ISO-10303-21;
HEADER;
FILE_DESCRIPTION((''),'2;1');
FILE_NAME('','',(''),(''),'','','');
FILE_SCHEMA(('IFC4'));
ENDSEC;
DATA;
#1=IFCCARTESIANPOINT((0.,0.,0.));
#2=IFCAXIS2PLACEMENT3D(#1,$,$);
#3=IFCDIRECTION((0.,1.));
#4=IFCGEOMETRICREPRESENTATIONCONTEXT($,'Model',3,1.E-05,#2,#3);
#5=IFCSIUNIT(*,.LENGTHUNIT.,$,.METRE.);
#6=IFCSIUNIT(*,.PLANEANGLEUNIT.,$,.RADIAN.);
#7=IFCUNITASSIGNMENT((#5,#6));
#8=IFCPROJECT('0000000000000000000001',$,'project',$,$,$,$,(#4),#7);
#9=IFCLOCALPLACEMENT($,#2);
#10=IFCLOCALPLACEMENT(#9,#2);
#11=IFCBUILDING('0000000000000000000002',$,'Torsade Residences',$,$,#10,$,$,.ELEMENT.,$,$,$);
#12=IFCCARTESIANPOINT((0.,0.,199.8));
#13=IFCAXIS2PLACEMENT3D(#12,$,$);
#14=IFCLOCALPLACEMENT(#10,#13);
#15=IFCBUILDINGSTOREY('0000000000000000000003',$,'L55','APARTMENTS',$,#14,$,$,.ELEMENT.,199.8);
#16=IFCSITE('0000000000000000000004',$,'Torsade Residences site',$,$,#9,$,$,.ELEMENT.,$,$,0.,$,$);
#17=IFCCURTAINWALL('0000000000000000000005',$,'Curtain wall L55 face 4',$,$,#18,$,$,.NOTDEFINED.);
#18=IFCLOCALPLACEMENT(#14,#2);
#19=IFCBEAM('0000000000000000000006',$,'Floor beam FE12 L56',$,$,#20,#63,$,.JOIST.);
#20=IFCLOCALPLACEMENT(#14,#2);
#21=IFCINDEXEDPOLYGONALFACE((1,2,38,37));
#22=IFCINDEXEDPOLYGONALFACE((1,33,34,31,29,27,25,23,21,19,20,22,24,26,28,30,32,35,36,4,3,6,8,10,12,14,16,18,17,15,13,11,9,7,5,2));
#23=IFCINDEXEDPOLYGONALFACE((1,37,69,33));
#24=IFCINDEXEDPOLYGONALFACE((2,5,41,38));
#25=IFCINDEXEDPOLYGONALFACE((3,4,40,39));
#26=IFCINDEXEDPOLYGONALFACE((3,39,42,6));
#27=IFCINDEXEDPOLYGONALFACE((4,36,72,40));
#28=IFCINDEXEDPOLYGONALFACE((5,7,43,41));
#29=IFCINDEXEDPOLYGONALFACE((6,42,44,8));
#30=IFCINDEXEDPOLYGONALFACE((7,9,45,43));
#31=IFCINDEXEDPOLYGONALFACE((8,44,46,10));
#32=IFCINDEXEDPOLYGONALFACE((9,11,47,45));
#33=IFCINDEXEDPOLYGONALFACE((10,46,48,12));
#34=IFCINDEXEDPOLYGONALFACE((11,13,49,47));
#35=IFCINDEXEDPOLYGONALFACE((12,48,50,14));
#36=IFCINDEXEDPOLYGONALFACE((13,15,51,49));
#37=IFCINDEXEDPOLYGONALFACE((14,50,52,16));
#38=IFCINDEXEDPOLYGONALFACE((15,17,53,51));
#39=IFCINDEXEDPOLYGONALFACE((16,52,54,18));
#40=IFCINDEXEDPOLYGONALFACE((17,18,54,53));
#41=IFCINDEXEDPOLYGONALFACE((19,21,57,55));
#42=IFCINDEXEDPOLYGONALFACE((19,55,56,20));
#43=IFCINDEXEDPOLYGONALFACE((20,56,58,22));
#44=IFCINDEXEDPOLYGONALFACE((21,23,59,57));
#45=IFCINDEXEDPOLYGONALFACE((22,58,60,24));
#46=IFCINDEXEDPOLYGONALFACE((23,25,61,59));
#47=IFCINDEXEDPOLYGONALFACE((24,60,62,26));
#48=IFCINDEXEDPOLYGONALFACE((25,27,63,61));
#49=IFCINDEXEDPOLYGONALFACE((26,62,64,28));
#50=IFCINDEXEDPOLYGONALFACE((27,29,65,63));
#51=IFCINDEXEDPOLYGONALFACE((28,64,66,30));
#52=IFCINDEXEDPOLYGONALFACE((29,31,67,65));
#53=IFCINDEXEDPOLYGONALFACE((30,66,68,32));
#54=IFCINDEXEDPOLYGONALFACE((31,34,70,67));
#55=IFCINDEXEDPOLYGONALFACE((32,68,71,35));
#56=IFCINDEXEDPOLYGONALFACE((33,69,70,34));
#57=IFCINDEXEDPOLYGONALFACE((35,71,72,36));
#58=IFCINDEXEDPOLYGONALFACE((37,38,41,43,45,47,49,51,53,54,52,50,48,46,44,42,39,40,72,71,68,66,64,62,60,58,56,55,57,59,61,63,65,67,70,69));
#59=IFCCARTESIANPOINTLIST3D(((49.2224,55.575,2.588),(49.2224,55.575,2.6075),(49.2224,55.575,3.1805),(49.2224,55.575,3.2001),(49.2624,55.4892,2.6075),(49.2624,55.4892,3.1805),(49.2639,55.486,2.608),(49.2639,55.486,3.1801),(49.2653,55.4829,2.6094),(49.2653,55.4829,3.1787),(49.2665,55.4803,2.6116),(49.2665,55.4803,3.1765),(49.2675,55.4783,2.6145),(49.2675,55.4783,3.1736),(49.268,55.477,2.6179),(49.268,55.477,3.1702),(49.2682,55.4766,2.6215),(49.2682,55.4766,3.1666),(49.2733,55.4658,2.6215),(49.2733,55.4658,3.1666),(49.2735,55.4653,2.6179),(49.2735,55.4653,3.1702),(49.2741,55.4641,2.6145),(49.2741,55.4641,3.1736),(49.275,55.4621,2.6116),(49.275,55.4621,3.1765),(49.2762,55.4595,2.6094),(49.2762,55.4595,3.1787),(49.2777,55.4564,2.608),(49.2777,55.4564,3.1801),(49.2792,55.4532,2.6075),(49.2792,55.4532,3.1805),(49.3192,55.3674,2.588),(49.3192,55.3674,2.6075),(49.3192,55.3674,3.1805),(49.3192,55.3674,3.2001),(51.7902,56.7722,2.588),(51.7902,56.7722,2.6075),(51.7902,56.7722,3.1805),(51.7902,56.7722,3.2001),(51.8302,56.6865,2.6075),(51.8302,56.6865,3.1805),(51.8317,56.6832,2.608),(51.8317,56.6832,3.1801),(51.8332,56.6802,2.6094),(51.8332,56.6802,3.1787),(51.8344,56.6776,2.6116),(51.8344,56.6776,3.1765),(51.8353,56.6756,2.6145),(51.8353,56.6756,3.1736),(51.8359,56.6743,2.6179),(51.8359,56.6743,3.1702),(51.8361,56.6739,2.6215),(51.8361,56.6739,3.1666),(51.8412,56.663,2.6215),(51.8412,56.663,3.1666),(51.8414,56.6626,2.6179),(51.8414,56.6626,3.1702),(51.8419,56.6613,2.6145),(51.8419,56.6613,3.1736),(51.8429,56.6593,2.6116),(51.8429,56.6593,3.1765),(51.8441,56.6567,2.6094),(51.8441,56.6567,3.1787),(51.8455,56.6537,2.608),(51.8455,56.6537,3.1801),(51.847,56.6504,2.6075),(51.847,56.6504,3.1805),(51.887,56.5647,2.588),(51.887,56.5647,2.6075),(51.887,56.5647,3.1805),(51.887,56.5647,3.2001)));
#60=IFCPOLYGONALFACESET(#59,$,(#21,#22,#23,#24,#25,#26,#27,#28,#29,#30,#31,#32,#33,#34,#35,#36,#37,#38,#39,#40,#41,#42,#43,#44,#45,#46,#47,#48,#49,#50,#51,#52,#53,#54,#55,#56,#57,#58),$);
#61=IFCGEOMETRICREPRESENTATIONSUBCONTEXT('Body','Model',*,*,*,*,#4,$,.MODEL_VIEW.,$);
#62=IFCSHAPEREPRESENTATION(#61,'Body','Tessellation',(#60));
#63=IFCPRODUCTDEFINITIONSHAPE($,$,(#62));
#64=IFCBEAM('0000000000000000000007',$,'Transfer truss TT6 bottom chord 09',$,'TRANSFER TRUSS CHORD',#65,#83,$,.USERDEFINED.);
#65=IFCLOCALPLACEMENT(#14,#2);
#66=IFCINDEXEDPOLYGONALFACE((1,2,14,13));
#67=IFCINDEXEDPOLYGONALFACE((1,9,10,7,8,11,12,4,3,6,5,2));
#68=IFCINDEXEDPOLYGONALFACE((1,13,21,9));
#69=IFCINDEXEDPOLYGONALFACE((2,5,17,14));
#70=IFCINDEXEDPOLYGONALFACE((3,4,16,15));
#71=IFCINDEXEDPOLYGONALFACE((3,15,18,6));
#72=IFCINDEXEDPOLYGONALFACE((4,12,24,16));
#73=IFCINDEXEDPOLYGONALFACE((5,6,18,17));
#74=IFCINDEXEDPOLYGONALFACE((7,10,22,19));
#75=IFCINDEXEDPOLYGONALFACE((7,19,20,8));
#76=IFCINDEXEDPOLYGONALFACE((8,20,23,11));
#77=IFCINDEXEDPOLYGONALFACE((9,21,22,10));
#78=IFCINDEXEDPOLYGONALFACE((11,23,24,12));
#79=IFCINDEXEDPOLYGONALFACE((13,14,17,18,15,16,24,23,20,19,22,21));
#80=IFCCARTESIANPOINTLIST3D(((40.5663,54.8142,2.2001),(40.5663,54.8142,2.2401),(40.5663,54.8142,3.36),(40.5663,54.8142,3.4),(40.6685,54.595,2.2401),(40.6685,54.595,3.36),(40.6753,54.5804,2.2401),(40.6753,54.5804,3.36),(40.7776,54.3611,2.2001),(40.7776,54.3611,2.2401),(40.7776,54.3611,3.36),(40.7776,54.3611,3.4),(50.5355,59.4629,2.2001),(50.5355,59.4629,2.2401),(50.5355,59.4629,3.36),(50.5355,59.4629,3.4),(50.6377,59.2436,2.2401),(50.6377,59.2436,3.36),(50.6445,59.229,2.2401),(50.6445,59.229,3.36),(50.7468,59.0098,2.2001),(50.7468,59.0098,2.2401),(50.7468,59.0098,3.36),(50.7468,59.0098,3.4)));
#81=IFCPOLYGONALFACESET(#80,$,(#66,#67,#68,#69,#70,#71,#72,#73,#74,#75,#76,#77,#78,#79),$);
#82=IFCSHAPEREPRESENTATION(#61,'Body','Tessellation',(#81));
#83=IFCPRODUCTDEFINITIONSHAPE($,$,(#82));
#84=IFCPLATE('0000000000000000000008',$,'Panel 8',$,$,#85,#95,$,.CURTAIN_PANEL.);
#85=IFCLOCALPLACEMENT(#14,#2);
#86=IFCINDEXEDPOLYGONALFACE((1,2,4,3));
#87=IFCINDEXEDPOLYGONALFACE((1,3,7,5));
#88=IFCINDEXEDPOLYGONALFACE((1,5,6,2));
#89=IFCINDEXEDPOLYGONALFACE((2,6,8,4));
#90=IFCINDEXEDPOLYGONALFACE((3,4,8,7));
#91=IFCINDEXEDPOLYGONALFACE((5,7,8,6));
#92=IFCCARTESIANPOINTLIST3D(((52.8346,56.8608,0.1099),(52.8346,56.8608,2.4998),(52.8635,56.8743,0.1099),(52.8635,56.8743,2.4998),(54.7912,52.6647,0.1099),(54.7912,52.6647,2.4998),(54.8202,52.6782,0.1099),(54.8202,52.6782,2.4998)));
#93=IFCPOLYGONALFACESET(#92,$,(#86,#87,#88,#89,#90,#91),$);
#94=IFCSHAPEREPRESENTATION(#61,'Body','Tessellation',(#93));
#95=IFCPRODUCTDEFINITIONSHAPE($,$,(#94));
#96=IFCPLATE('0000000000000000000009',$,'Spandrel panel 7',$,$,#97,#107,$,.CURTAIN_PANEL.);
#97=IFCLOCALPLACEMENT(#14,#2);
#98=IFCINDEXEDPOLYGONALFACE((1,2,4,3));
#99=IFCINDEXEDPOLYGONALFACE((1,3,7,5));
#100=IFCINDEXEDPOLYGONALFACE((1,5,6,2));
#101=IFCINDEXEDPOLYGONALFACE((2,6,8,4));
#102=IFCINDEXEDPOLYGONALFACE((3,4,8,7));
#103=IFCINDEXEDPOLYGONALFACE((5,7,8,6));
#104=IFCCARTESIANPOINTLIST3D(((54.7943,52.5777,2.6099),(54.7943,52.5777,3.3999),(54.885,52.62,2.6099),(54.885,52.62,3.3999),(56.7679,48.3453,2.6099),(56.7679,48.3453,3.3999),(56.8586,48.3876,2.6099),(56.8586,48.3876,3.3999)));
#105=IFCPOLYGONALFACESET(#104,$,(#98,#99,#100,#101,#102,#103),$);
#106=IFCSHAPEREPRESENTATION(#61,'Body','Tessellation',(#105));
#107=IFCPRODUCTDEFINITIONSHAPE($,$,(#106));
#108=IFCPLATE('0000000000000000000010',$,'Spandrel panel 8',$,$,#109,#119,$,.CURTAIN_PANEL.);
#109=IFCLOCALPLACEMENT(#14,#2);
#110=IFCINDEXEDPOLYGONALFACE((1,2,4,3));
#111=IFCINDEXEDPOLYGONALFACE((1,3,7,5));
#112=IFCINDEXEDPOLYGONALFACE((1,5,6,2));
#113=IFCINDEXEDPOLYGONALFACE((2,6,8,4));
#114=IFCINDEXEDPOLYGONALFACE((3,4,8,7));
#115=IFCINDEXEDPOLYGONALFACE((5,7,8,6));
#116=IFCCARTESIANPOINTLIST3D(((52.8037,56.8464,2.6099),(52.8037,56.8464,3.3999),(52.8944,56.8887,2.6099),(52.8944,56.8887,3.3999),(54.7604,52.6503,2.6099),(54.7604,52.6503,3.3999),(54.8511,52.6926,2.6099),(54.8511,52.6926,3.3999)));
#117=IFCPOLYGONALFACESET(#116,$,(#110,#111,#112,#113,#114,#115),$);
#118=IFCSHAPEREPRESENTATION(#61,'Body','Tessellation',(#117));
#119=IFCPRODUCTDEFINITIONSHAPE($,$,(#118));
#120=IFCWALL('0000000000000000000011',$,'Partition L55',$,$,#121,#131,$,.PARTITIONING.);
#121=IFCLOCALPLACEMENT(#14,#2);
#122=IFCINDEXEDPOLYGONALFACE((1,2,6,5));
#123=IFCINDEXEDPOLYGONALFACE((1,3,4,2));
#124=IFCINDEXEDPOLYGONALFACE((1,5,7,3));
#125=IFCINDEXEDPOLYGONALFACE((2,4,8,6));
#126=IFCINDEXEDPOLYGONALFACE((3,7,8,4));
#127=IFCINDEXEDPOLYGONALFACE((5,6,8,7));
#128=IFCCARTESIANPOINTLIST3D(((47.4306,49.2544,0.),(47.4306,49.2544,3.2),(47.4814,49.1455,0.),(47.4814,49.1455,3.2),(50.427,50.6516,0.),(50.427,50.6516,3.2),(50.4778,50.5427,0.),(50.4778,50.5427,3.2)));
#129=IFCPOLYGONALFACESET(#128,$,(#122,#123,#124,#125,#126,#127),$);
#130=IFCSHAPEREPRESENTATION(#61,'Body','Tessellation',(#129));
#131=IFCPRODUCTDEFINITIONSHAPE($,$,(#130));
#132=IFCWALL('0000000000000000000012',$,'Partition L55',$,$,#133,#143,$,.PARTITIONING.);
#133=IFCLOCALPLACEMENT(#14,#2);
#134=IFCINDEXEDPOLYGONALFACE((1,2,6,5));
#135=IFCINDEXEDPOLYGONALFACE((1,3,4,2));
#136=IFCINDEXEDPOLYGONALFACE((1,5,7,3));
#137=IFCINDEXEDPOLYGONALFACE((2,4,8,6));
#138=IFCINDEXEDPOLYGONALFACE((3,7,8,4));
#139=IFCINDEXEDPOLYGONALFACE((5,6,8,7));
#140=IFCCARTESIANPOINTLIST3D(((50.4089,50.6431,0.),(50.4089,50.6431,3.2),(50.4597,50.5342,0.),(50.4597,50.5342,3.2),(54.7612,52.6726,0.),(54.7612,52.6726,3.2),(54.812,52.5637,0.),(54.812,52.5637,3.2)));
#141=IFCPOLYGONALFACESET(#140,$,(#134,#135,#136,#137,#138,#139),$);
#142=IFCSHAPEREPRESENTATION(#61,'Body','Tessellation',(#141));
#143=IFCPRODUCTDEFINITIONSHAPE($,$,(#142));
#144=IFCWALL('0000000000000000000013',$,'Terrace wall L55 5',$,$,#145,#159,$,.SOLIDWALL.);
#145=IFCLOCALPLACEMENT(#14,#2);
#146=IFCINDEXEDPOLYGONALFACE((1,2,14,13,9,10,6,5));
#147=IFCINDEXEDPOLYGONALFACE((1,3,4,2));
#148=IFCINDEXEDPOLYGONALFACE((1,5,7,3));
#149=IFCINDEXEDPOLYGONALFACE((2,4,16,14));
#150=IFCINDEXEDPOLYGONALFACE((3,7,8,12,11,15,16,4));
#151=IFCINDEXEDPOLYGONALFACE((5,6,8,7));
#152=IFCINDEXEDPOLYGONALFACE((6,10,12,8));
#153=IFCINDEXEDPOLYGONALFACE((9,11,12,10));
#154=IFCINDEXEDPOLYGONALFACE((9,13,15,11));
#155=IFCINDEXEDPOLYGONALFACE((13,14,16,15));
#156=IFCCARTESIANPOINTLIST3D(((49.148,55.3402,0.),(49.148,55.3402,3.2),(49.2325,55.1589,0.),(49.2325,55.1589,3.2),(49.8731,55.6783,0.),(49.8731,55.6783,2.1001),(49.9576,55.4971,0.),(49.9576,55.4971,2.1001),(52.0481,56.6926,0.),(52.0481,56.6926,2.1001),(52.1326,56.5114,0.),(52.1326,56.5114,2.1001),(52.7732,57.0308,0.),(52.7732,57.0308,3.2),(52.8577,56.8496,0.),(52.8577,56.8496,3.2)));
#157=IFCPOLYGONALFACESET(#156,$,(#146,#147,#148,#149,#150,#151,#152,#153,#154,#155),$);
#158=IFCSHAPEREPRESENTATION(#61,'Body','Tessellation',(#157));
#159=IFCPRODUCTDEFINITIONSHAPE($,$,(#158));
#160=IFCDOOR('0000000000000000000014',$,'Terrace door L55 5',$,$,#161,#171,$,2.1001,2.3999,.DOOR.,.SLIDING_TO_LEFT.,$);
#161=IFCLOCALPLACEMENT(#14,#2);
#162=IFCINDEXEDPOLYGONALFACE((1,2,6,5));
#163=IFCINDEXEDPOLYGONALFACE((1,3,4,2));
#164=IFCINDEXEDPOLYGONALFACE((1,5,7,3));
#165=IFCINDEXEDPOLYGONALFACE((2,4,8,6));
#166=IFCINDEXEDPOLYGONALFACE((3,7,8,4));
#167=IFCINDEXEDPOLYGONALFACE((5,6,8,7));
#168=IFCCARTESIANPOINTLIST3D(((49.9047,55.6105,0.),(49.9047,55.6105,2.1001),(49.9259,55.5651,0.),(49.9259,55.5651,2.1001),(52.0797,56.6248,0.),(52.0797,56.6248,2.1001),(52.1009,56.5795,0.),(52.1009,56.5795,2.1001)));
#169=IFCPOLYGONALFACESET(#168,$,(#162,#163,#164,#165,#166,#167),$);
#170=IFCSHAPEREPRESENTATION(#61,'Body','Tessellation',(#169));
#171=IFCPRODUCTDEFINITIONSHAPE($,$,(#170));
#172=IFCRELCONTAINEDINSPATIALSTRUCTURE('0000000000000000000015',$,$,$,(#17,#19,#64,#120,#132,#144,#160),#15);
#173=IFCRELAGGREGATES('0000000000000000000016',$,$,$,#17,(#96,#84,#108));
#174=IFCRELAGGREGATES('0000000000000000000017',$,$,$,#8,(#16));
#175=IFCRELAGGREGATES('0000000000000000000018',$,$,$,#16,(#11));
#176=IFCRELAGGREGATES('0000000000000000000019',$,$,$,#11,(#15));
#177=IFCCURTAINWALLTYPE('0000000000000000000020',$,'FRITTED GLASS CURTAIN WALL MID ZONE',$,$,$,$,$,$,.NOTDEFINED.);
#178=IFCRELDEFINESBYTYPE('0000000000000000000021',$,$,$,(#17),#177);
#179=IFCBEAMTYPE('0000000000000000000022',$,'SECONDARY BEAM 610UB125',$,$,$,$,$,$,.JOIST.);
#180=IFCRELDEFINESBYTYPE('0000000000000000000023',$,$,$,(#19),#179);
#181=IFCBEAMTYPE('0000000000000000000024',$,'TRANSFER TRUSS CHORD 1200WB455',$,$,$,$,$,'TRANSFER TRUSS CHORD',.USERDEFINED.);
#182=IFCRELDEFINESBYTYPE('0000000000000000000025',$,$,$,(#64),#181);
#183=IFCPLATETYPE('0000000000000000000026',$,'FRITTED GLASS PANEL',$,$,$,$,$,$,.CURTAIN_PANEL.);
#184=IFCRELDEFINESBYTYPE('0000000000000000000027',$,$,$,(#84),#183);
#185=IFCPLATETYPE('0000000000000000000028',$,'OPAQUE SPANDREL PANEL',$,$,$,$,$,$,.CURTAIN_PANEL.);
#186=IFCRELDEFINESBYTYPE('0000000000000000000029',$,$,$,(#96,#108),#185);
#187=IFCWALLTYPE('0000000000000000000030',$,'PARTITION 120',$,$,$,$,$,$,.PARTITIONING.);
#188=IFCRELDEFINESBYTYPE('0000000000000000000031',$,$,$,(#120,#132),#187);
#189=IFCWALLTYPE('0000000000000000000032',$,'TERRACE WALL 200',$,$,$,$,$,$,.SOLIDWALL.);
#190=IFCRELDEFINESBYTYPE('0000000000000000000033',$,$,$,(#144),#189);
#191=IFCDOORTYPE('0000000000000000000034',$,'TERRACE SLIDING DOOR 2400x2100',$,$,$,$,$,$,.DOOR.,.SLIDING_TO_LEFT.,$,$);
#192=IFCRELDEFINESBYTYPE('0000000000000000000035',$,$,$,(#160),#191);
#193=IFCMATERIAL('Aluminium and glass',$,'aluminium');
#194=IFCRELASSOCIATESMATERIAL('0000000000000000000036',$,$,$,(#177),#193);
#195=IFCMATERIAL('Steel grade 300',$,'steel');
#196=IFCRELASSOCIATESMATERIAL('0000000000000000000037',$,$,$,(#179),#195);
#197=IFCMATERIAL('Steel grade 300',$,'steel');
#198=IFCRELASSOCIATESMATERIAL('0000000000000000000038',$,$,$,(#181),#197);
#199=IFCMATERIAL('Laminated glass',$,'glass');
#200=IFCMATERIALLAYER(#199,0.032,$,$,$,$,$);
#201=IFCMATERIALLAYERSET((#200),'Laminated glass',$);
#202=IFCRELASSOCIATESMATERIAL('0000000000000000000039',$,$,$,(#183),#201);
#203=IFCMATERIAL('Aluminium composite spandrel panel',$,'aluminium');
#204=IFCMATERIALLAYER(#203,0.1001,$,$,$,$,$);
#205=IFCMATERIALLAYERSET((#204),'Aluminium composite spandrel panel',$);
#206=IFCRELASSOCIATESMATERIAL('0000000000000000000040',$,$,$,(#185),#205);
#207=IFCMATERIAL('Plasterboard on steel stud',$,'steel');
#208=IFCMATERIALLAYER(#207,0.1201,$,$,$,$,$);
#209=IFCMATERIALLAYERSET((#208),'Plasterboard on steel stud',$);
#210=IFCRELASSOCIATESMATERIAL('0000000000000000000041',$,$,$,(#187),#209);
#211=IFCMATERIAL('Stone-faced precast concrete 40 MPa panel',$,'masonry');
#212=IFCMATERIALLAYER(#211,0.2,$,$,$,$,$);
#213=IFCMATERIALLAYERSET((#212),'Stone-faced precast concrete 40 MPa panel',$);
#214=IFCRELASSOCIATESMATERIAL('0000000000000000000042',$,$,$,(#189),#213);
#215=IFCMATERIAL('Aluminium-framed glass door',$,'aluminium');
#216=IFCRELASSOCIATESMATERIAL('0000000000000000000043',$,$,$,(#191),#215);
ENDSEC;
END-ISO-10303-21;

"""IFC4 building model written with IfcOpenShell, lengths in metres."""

from ifc_helpers import new_model, si_unit, direction, frame, frame_2d, origin, origin_2d, place, context, subcontext, project, spatial, rectangle, i_section, extrude, material, layer, layer_set, material_profile, profile_set, type_object, element, fill, aggregate, save


model = new_model("IFC4")

# Units and contexts
model_context = context("Model", 3, precision=1e-05, world=origin(), true_north=direction((0.0, 1.0)))
body_context = subcontext(model_context, "Body", "Model", "MODEL_VIEW")
ifc_project = project(units=[si_unit("LENGTHUNIT", "METRE"), si_unit("PLANEANGLEUNIT", "RADIAN")], contexts=[model_context])

# Site, building, storey
site_placement = place(None, origin())
site = spatial("IfcSite", under=ifc_project, at=site_placement, Name="Torsade Residences site", CompositionType="ELEMENT", RefElevation=0.0)
building_placement = place(site_placement, origin())
building = spatial("IfcBuilding", under=site, at=building_placement, Name="Torsade Residences", CompositionType="ELEMENT")
storey_placement = place(building_placement, frame((0.0, 0.0, 199.8)))
storey = spatial("IfcBuildingStorey", under=building, at=storey_placement, Name="L55", Description="APARTMENTS", CompositionType="ELEMENT", Elevation=199.8)

# Curtain wall
ifc_material_1 = material(Name="Aluminium and glass", Category="aluminium")
curtain_wall_type = type_object("IfcCurtainWallType", Name="FRITTED GLASS CURTAIN WALL MID ZONE", PredefinedType="NOTDEFINED", material=ifc_material_1)
curtain_wall_placement = place(storey_placement, origin())
curtain_wall = element("IfcCurtainWall", 1, at=curtain_wall_placement, inside=storey, type_object=curtain_wall_type, Name="Curtain wall L55 face 4", PredefinedType="NOTDEFINED")

# Beams
ifc_material_2 = material(Name="Steel grade 300", Category="steel")
ifc_material_profile_1 = material_profile(ifc_material_2, i_section(OverallWidth=0.229, OverallDepth=0.6121, WebThickness=0.012, FlangeThickness=0.0195, FilletRadius=0.0139, at=origin_2d()), Name="610UB125")
ifc_profile_set_1 = profile_set([ifc_material_profile_1], Name="Steel grade 300")
beam_type_1 = type_object("IfcBeamType", Name="SECONDARY BEAM 610UB125", PredefinedType="JOIST", material=ifc_profile_set_1)
beam_1_placement = place(storey_placement, frame((51.8386, 56.6685, 2.894), z_axis=(-0.906328, -0.422574, 0.0), x_axis=(0.422574, -0.906328, 0.0)))
element("IfcBeam", 2, at=beam_1_placement, inside=storey, type_object=beam_type_1, Name="Floor beam FE12 L56", PredefinedType="JOIST", context=body_context, shape_type="SweptSolid", body=[
    extrude(i_section(OverallWidth=0.229, OverallDepth=0.6121, WebThickness=0.012, FlangeThickness=0.0195, FilletRadius=0.0139, at=origin_2d()), origin(), (0.0, 0.0, 1.0), 2.8333),
])
ifc_material_3 = material(Name="Steel grade 300", Category="steel")
ifc_material_profile_2 = material_profile(ifc_material_3, i_section(OverallWidth=0.5, OverallDepth=1.2, WebThickness=0.0161, FlangeThickness=0.04, at=origin_2d()), Name="1200WB455")
ifc_profile_set_2 = profile_set([ifc_material_profile_2], Name="Steel grade 300")
beam_type_2 = type_object("IfcBeamType", Name="TRANSFER TRUSS CHORD 1200WB455", ElementType="TRANSFER TRUSS CHORD", PredefinedType="USERDEFINED", material=ifc_profile_set_2)
beam_2_placement = place(storey_placement, frame((50.6411, 59.2363, 2.8), z_axis=(-0.90631, -0.422614, 0.0), x_axis=(0.422614, -0.90631, 0.0)))
element("IfcBeam", 3, at=beam_2_placement, inside=storey, type_object=beam_type_2, Name="Transfer truss TT6 bottom chord 09", ObjectType="TRANSFER TRUSS CHORD", PredefinedType="USERDEFINED", context=body_context, shape_type="SweptSolid", body=[
    extrude(i_section(OverallWidth=0.5, OverallDepth=1.2, WebThickness=0.0161, FlangeThickness=0.04, at=origin_2d()), origin(), (0.0, 0.0, 1.0), 10.9998),
])

# Plates
ifc_material_4 = material(Name="Laminated glass", Category="glass")
ifc_layer_1 = layer(ifc_material_4, 0.032)
ifc_layer_set_1 = layer_set([ifc_layer_1], Name="Laminated glass")
plate_type_1 = type_object("IfcPlateType", Name="FRITTED GLASS PANEL", PredefinedType="CURTAIN_PANEL", material=ifc_layer_set_1)
plate_1_placement = place(storey_placement, frame((53.8274, 54.7695, 0.1099), z_axis=(0.0, 0.0, 1.0), x_axis=(-0.422618, 0.906308, 0.0)))
plate_1 = element("IfcPlate", 4, at=plate_1_placement, type_object=plate_type_1, Name="Panel 8", PredefinedType="CURTAIN_PANEL", context=body_context, shape_type="SweptSolid", body=[
    extrude(rectangle(XDim=4.6299, YDim=0.032, at=origin_2d()), origin(), (0.0, 0.0, 1.0), 2.3899),
])
ifc_material_5 = material(Name="Aluminium composite spandrel panel", Category="aluminium")
ifc_layer_2 = layer(ifc_material_5, 0.1001)
ifc_layer_set_2 = layer_set([ifc_layer_2], Name="Aluminium composite spandrel panel")
plate_type_2 = type_object("IfcPlateType", Name="OPAQUE SPANDREL PANEL", PredefinedType="CURTAIN_PANEL", material=ifc_layer_set_2)
plate_2_placement = place(storey_placement, frame((55.8264, 50.4827, 2.6099), z_axis=(0.0, 0.0, 1.0), x_axis=(-0.422618, 0.906308, 0.0)))
plate_2 = element("IfcPlate", 5, at=plate_2_placement, type_object=plate_type_2, Name="Spandrel panel 7", PredefinedType="CURTAIN_PANEL", context=body_context, shape_type="SweptSolid", body=[
    extrude(rectangle(XDim=4.6699, YDim=0.1001, at=origin_2d()), origin(), (0.0, 0.0, 1.0), 0.79),
])
plate_3_placement = place(storey_placement, frame((53.8274, 54.7695, 2.6099), z_axis=(0.0, 0.0, 1.0), x_axis=(-0.422618, 0.906308, 0.0)))
plate_3 = element("IfcPlate", 6, at=plate_3_placement, type_object=plate_type_2, Name="Spandrel panel 8", PredefinedType="CURTAIN_PANEL", context=body_context, shape_type="SweptSolid", body=[
    extrude(rectangle(XDim=4.6299, YDim=0.1001, at=origin_2d()), origin(), (0.0, 0.0, 1.0), 0.79),
])
aggregate(curtain_wall, [plate_2, plate_1, plate_3])

# Walls
ifc_material_6 = material(Name="Plasterboard on steel stud", Category="steel")
ifc_layer_3 = layer(ifc_material_6, 0.1201)
ifc_layer_set_3 = layer_set([ifc_layer_3], Name="Plasterboard on steel stud")
wall_type_1 = type_object("IfcWallType", Name="PARTITION 120", PredefinedType="PARTITIONING", material=ifc_layer_set_3)
wall_1_placement = place(storey_placement, frame((50.4524, 50.5972, 0.0), z_axis=(0.0, 0.0, 1.0), x_axis=(-0.906308, -0.422619, 0.0)))
element("IfcWall", 7, at=wall_1_placement, inside=storey, type_object=wall_type_1, Name="Partition L55", PredefinedType="PARTITIONING", context=body_context, shape_type="SweptSolid", body=[
    extrude(rectangle(XDim=3.3062, YDim=0.1201, at=frame_2d((1.6531, 0.0))), origin(), (0.0, 0.0, 1.0), 3.2),
])
wall_2_placement = place(storey_placement, frame((54.7866, 52.6182, 0.0), z_axis=(0.0, 0.0, 1.0), x_axis=(-0.906305, -0.422624, 0.0)))
element("IfcWall", 8, at=wall_2_placement, inside=storey, type_object=wall_type_1, Name="Partition L55", PredefinedType="PARTITIONING", context=body_context, shape_type="SweptSolid", body=[
    extrude(rectangle(XDim=4.8022, YDim=0.1201, at=frame_2d((2.4011, 0.0))), origin(), (0.0, 0.0, 1.0), 3.2),
])

# Wall, opening, door
ifc_material_7 = material(Name="Stone-faced precast concrete 40 MPa panel", Category="masonry")
ifc_layer_4 = layer(ifc_material_7, 0.2)
ifc_layer_set_4 = layer_set([ifc_layer_4], Name="Stone-faced precast concrete 40 MPa panel")
wall_type_2 = type_object("IfcWallType", Name="TERRACE WALL 200", PredefinedType="SOLIDWALL", material=ifc_layer_set_4)
wall_3_placement = place(storey_placement, frame((52.8154, 56.9402, 0.0), z_axis=(0.0, 0.0, 1.0), x_axis=(-0.906289, -0.422658, 0.0)))
wall_3 = element("IfcWall", 9, at=wall_3_placement, inside=storey, type_object=wall_type_2, Name="Terrace wall L55 5", PredefinedType="SOLIDWALL", context=body_context, shape_type="SweptSolid", body=[
    extrude(rectangle(XDim=4.0, YDim=0.2, at=frame_2d((2.0, 0.0))), origin(), (0.0, 0.0, 1.0), 3.2),
])
opening_placement = place(wall_3_placement, frame((0.8, 0.0, 0.0)))
opening = element("IfcOpeningElement", 10, at=opening_placement, cuts=wall_3, PredefinedType="OPENING", context=body_context, shape_type="SweptSolid", body=[
    extrude(rectangle(XDim=2.3999, YDim=2.1001, at=frame_2d((1.2, 1.05))), frame((0.0, 0.1099, 0.0), z_axis=(0.0, -1.0, 0.0), x_axis=(1.0, 0.0, 0.0)), (0.0, 0.0, 1.0), 0.22),
])
ifc_material_8 = material(Name="Aluminium-framed glass door", Category="aluminium")
door_type = type_object("IfcDoorType", Name="TERRACE SLIDING DOOR 2400x2100", OperationType="SLIDING_TO_LEFT", PredefinedType="DOOR", material=ifc_material_8)
door_placement = place(opening_placement, origin())
door = element("IfcDoor", 11, at=door_placement, inside=storey, type_object=door_type, Name="Terrace door L55 5", OperationType="SLIDING_TO_LEFT", OverallHeight=2.1001, OverallWidth=2.3999, PredefinedType="DOOR", context=body_context, shape_type="SweptSolid", body=[
    extrude(rectangle(XDim=2.3999, YDim=2.1001, at=frame_2d((1.2, 1.05))), frame((0.0, 0.0249, 0.0), z_axis=(0.0, -1.0, 0.0), x_axis=(1.0, 0.0, 0.0)), (0.0, 0.0, 1.0), 0.05),
])
fill(opening, door)

save(model, "model.ifc")
